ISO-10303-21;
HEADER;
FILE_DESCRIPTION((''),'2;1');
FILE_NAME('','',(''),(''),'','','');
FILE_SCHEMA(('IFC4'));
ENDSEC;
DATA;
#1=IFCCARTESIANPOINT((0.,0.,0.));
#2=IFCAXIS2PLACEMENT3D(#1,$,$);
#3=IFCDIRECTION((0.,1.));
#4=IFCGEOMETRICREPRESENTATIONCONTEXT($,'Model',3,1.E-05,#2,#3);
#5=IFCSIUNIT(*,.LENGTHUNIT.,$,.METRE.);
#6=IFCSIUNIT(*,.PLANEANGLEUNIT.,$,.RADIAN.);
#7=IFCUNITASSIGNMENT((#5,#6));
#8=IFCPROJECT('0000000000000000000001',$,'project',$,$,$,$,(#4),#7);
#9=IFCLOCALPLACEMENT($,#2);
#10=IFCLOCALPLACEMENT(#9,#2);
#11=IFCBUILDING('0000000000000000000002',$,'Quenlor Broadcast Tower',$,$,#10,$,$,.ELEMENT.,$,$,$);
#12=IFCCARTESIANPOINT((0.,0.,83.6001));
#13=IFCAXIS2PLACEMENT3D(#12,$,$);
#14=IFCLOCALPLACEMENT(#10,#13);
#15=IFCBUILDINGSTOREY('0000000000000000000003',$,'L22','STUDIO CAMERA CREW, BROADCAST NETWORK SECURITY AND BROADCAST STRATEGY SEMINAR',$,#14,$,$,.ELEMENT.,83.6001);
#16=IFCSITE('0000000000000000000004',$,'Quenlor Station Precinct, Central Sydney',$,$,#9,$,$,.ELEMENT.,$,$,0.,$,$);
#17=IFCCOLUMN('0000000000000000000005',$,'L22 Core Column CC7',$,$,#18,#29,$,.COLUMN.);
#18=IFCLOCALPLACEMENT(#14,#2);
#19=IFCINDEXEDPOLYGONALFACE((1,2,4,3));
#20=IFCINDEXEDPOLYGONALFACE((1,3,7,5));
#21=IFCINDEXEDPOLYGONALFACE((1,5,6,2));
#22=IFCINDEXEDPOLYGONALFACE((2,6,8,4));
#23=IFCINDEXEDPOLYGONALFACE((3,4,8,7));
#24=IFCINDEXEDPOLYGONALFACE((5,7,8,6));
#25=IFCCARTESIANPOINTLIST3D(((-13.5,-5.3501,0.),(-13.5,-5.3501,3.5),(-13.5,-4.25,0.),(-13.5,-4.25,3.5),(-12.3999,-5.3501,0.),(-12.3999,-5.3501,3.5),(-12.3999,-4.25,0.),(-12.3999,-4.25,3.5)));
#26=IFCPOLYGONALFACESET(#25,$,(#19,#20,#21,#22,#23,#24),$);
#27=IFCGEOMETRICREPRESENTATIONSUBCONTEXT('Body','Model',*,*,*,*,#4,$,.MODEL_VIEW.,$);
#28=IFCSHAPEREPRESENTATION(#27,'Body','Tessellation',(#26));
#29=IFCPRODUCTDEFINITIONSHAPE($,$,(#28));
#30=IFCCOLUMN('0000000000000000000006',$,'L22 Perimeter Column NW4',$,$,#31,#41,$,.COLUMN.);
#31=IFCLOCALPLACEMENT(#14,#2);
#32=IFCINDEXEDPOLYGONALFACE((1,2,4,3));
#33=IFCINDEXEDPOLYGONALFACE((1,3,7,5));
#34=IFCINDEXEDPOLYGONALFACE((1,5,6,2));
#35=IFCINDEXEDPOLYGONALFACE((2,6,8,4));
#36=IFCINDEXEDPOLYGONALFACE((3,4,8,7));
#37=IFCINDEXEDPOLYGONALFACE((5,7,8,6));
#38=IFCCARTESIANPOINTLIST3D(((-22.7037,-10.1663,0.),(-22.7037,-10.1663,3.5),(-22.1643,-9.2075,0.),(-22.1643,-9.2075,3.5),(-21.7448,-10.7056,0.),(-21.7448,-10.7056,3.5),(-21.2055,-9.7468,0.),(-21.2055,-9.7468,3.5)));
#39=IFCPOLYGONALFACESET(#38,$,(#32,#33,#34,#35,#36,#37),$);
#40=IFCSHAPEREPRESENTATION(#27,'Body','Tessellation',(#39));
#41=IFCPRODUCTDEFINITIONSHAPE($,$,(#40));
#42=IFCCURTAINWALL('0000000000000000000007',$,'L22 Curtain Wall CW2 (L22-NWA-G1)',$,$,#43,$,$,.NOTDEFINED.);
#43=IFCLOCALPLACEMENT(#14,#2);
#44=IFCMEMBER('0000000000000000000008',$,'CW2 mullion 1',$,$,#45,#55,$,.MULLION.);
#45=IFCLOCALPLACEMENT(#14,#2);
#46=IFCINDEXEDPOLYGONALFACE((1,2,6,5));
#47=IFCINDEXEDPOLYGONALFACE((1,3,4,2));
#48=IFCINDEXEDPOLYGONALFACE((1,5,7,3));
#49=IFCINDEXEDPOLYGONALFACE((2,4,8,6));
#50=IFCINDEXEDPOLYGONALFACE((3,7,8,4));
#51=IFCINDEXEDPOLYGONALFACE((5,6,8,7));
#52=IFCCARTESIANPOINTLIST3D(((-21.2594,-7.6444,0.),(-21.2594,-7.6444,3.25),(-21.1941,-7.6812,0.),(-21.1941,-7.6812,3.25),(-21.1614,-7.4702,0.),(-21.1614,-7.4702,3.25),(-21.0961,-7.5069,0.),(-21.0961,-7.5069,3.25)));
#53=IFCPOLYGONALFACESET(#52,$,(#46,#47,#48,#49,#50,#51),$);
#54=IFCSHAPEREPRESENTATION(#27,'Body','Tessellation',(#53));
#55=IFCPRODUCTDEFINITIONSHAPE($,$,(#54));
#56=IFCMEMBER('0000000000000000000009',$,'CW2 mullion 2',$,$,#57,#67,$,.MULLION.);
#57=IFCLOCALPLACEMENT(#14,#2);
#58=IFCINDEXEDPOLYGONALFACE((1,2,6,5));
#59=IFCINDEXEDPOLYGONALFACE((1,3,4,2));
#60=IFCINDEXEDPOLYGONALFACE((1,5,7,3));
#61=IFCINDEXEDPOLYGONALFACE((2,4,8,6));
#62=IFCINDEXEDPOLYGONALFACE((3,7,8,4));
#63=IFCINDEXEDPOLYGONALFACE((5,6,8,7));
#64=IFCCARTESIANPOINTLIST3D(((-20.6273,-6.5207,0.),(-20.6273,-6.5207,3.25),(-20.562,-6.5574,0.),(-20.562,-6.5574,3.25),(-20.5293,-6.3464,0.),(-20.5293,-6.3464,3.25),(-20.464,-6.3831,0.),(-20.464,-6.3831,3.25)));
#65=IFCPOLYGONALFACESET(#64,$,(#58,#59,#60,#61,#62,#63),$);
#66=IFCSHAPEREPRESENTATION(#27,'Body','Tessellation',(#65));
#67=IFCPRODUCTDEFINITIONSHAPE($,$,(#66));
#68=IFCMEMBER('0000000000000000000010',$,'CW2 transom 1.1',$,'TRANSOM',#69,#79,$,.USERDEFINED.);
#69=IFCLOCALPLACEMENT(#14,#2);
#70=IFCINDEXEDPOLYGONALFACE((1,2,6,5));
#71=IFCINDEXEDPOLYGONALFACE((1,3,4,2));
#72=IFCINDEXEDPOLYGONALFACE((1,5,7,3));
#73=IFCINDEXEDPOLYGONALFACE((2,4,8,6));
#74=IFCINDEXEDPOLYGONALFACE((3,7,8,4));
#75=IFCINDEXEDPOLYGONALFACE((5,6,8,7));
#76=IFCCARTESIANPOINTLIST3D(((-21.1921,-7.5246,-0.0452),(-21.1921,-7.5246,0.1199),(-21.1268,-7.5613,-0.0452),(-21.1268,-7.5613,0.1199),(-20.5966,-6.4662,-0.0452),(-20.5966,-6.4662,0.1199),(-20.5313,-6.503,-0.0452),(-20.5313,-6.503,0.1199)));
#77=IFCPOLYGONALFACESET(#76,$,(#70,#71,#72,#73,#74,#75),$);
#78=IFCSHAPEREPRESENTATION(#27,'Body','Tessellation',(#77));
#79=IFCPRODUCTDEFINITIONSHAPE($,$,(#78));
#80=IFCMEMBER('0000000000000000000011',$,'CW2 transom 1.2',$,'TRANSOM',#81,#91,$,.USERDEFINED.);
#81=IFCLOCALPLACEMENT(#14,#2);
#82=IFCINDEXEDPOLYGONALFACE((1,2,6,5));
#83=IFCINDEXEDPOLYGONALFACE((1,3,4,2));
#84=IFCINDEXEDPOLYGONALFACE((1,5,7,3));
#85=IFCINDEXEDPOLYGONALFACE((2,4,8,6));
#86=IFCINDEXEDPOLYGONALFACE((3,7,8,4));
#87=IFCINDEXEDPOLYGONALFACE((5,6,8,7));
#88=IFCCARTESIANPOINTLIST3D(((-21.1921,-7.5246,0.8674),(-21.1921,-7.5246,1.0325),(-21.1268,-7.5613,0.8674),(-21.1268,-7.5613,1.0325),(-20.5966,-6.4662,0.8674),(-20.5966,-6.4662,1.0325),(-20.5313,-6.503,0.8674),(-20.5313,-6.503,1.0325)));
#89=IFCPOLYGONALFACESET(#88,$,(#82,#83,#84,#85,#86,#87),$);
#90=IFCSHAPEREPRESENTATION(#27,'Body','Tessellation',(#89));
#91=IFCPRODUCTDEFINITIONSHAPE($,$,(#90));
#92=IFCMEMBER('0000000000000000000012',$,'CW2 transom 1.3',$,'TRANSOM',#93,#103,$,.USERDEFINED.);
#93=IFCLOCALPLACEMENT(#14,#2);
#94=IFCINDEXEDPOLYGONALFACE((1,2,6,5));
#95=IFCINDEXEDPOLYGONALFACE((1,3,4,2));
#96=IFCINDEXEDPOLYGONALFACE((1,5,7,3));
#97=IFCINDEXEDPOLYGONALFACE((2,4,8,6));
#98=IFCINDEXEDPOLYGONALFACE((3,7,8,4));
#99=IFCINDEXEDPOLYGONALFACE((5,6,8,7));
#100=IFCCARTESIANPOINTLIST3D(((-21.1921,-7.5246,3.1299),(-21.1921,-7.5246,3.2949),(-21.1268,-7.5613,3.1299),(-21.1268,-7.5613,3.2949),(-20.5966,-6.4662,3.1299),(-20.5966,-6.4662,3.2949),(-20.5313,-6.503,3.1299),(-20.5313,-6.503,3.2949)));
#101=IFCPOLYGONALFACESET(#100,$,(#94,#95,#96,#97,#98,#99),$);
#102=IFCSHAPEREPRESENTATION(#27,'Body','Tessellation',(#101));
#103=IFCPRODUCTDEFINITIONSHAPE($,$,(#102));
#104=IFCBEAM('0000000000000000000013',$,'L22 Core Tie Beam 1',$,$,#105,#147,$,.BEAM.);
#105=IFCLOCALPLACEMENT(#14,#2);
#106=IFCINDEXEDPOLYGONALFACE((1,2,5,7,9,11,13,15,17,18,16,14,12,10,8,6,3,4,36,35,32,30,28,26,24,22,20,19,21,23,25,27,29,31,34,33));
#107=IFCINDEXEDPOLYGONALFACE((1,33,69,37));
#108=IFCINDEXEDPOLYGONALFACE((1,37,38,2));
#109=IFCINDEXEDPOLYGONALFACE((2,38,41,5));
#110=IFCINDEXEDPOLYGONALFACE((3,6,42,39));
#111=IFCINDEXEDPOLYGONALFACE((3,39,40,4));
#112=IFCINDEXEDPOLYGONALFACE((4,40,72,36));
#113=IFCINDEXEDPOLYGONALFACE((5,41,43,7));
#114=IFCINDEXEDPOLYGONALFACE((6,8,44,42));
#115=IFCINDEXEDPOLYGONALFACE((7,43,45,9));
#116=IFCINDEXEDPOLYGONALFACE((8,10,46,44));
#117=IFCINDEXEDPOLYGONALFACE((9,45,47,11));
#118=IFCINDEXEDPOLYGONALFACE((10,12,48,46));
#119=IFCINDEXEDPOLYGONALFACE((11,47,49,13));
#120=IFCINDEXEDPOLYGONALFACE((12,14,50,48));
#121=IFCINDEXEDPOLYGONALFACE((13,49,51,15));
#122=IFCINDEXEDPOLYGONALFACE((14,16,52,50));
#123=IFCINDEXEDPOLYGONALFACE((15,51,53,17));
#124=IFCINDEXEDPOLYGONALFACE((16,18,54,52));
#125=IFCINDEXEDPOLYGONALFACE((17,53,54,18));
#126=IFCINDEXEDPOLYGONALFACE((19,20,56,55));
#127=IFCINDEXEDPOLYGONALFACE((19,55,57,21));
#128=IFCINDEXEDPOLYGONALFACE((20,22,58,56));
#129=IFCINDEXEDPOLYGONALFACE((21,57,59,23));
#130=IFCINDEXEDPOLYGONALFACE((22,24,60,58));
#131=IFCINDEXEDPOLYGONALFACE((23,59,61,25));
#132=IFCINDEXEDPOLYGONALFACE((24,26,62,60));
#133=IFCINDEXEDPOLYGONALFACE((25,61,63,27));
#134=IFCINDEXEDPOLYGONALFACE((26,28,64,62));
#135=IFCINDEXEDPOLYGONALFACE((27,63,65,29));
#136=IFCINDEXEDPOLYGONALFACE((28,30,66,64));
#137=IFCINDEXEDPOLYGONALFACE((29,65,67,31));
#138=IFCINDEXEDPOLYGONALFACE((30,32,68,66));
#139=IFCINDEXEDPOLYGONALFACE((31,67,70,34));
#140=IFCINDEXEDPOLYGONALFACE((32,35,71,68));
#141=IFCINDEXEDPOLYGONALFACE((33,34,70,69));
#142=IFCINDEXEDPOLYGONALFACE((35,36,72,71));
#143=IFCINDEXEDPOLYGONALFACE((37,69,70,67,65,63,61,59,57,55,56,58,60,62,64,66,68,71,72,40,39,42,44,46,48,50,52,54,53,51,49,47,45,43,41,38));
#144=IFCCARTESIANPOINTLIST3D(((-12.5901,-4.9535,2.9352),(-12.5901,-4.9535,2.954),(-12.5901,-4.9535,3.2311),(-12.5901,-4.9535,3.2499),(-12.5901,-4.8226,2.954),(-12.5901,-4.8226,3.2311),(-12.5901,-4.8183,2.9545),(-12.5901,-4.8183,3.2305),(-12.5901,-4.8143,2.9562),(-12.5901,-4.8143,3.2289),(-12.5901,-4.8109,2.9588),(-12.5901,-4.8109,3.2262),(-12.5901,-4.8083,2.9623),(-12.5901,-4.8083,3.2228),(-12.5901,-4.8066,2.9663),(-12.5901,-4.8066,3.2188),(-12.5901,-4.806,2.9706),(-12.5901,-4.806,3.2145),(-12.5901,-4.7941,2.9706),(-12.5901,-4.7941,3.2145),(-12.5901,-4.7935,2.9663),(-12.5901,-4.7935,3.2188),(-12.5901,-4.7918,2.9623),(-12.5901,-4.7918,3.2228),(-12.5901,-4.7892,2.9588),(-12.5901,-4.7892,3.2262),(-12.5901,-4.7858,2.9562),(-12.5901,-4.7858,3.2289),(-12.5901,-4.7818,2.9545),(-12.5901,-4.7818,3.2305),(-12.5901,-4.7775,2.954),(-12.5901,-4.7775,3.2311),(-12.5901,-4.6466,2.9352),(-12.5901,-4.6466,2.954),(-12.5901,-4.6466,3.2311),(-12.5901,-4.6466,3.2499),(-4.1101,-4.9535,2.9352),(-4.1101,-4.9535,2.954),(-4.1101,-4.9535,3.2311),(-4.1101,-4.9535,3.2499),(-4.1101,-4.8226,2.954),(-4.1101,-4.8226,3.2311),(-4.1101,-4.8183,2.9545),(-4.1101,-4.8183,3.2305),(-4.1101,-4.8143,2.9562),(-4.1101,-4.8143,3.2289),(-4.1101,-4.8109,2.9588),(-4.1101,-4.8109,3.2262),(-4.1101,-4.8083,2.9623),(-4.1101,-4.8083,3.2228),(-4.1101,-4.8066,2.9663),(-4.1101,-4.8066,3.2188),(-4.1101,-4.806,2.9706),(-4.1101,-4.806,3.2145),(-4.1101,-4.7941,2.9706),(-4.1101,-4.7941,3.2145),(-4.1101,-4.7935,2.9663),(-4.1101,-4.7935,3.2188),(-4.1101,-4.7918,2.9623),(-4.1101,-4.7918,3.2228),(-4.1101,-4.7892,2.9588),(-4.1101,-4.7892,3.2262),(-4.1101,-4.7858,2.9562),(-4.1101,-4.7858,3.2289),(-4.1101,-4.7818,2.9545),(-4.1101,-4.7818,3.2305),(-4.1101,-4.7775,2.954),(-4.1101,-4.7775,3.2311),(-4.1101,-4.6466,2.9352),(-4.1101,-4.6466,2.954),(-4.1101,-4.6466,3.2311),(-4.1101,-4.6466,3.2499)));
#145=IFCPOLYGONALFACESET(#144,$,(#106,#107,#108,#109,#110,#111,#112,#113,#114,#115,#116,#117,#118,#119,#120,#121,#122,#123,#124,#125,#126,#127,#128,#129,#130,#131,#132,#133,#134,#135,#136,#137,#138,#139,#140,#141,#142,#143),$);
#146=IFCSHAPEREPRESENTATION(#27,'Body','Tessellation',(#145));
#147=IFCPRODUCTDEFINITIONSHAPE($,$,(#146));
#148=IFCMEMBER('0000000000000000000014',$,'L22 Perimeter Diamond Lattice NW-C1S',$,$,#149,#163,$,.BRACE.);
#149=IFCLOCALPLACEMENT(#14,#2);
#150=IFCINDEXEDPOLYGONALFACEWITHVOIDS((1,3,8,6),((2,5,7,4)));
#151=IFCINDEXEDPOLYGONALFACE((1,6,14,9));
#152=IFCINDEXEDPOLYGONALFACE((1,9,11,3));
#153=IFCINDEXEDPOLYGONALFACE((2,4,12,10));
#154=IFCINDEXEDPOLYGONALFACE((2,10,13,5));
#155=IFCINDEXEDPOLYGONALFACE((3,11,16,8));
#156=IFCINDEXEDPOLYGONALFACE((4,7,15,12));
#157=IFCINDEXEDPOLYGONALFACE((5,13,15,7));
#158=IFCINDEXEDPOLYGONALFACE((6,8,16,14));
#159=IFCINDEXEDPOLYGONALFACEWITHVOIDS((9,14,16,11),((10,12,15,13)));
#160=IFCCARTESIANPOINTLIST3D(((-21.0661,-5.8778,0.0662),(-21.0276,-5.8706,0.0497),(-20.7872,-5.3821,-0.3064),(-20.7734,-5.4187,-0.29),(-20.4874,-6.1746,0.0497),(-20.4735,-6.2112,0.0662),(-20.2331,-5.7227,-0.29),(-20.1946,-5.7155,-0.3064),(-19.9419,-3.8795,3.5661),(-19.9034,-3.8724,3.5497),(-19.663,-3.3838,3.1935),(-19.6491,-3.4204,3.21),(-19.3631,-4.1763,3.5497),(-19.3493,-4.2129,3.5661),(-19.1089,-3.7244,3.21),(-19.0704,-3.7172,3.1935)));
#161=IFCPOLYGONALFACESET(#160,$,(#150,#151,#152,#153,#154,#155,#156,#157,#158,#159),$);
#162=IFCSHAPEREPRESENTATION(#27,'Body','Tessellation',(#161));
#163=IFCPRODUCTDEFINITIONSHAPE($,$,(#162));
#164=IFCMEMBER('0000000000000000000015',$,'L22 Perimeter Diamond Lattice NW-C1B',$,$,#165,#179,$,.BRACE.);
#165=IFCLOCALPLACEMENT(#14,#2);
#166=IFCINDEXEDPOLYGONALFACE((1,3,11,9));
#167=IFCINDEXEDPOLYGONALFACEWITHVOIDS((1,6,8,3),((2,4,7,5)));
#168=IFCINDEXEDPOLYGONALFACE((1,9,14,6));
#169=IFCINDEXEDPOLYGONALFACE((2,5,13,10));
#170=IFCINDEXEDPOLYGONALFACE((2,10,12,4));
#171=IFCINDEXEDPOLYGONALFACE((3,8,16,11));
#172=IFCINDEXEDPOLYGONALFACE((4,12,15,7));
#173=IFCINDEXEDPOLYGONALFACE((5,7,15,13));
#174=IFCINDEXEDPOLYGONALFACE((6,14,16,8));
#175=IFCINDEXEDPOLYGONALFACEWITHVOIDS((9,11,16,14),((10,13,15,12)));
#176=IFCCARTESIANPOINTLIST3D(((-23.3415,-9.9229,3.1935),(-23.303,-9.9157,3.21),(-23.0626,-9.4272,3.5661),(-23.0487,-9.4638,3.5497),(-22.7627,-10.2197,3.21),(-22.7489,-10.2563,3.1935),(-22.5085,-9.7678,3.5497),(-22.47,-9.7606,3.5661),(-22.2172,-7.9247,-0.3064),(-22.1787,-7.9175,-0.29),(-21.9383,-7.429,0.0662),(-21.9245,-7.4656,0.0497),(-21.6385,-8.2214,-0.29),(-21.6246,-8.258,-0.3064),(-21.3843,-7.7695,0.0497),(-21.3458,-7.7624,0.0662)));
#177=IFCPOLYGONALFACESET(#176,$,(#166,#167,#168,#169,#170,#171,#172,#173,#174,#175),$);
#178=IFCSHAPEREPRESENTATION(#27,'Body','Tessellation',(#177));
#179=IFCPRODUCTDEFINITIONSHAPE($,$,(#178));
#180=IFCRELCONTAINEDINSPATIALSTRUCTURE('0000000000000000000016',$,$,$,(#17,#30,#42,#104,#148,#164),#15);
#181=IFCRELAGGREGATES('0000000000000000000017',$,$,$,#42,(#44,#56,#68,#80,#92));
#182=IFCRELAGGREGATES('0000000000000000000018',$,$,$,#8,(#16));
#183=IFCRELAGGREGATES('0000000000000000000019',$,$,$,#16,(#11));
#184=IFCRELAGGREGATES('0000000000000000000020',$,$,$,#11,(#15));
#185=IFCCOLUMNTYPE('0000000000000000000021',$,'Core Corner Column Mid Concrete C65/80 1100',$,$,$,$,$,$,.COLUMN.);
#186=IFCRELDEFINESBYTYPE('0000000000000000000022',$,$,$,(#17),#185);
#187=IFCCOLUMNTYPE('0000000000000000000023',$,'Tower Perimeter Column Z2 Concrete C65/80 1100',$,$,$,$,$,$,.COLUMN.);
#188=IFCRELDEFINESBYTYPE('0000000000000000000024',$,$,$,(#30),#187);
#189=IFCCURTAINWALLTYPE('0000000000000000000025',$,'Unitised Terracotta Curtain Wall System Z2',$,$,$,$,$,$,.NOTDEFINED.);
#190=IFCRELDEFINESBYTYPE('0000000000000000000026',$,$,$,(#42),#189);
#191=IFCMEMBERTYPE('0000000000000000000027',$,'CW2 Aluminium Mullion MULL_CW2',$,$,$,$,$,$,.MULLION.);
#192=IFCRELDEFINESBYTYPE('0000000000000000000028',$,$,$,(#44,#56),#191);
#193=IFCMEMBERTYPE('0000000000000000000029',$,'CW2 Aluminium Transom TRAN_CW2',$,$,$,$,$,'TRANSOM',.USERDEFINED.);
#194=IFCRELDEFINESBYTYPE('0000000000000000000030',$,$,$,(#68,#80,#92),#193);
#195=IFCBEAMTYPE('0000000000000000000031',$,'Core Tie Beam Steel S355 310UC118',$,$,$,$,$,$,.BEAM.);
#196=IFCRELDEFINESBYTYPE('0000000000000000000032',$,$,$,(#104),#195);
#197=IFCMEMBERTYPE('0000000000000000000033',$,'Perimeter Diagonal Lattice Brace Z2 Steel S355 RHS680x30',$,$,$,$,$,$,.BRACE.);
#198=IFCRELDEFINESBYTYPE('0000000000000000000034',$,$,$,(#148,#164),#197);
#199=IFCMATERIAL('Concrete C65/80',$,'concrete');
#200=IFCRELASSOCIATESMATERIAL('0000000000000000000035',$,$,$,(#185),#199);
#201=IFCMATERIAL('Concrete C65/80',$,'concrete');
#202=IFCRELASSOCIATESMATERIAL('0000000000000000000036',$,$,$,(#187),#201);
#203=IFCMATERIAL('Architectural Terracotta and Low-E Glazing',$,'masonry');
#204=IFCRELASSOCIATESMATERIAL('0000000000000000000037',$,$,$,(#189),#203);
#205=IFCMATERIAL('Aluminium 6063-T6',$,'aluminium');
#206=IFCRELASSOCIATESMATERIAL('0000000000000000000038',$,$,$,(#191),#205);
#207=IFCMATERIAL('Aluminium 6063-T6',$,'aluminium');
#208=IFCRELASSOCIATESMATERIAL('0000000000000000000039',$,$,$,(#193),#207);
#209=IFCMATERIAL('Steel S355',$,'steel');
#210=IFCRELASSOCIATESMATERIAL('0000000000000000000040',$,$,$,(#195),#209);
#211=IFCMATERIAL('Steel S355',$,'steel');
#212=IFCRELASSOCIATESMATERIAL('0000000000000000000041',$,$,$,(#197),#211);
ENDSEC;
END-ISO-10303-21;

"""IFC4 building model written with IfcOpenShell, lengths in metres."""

from ifc_helpers import new_model, si_unit, direction, frame, origin, origin_2d, place, context, subcontext, project, spatial, rectangle, hollow_rectangle, i_section, extrude, material, material_profile, profile_set, type_object, element, aggregate, save


model = new_model("IFC4")

# Units and contexts
model_context = context("Model", 3, precision=1e-05, world=origin(), true_north=direction((0.0, 1.0)))
body_context = subcontext(model_context, "Body", "Model", "MODEL_VIEW")
ifc_project = project(units=[si_unit("LENGTHUNIT", "METRE"), si_unit("PLANEANGLEUNIT", "RADIAN")], contexts=[model_context])

# Site, building, storey
site_placement = place(None, origin())
site = spatial("IfcSite", under=ifc_project, at=site_placement, Name="Quenlor Station Precinct, Central Sydney", CompositionType="ELEMENT", RefElevation=0.0)
building_placement = place(site_placement, origin())
building = spatial("IfcBuilding", under=site, at=building_placement, Name="Quenlor Broadcast Tower", CompositionType="ELEMENT")
storey_placement = place(building_placement, frame((0.0, 0.0, 83.6001)))
storey = spatial("IfcBuildingStorey", under=building, at=storey_placement, Name="L22", Description="STUDIO CAMERA CREW, BROADCAST NETWORK SECURITY AND BROADCAST STRATEGY SEMINAR", CompositionType="ELEMENT", Elevation=83.6001)

# Columns
ifc_material_1 = material(Name="Concrete C65/80", Category="concrete")
ifc_material_profile_1 = material_profile(ifc_material_1, rectangle(XDim=1.1001, YDim=1.1001, at=origin_2d()))
ifc_profile_set_1 = profile_set([ifc_material_profile_1], Name="Concrete C65/80 RC1100x1100")
column_type_1 = type_object("IfcColumnType", Name="Core Corner Column Mid Concrete C65/80 1100", PredefinedType="COLUMN", material=ifc_profile_set_1)
column_1_placement = place(storey_placement, frame((-12.95, -4.8, 0.0), z_axis=(0.0, 0.0, 1.0), x_axis=(1.0, 0.0, 0.0)))
element("IfcColumn", 1, at=column_1_placement, inside=storey, type_object=column_type_1, Name="L22 Core Column CC7", PredefinedType="COLUMN", context=body_context, shape_type="SweptSolid", body=[
    extrude(rectangle(XDim=1.1001, YDim=1.1001, at=origin_2d()), origin(), (0.0, 0.0, 1.0), 3.5),
])
ifc_material_2 = material(Name="Concrete C65/80", Category="concrete")
ifc_material_profile_2 = material_profile(ifc_material_2, rectangle(XDim=1.1001, YDim=1.1001, at=origin_2d()))
ifc_profile_set_2 = profile_set([ifc_material_profile_2], Name="Concrete C65/80 RC1100x1100")
column_type_2 = type_object("IfcColumnType", Name="Tower Perimeter Column Z2 Concrete C65/80 1100", PredefinedType="COLUMN", material=ifc_profile_set_2)
column_2_placement = place(storey_placement, frame((-21.9546, -9.9565, 0.0), z_axis=(0.0, 0.0, 1.0), x_axis=(-0.871575, 0.490262, 0.0)))
element("IfcColumn", 2, at=column_2_placement, inside=storey, type_object=column_type_2, Name="L22 Perimeter Column NW4", PredefinedType="COLUMN", context=body_context, shape_type="SweptSolid", body=[
    extrude(rectangle(XDim=1.1001, YDim=1.1001, at=origin_2d()), origin(), (0.0, 0.0, 1.0), 3.5),
])

# Curtain wall, members
ifc_material_3 = material(Name="Architectural Terracotta and Low-E Glazing", Category="masonry")
curtain_wall_type = type_object("IfcCurtainWallType", Name="Unitised Terracotta Curtain Wall System Z2", PredefinedType="NOTDEFINED", material=ifc_material_3)
curtain_wall_placement = place(storey_placement, origin())
curtain_wall = element("IfcCurtainWall", 3, at=curtain_wall_placement, inside=storey, type_object=curtain_wall_type, Name="L22 Curtain Wall CW2 (L22-NWA-G1)", PredefinedType="NOTDEFINED")
ifc_material_4 = material(Name="Aluminium 6063-T6", Category="aluminium")
ifc_material_profile_3 = material_profile(ifc_material_4, rectangle(XDim=0.075, YDim=0.2, at=origin_2d()))
ifc_profile_set_3 = profile_set([ifc_material_profile_3], Name="Aluminium 6063-T6 MULL75x200")
member_type_1 = type_object("IfcMemberType", Name="CW2 Aluminium Mullion MULL_CW2", PredefinedType="MULLION", material=ifc_profile_set_3)
member_1_placement = place(storey_placement, frame((-21.1777, -7.5757, 0.0), z_axis=(0.0, 0.0, 1.0), x_axis=(-0.871566, 0.490279, 0.0)))
member_1 = element("IfcMember", 4, at=member_1_placement, type_object=member_type_1, Name="CW2 mullion 1", PredefinedType="MULLION", context=body_context, shape_type="SweptSolid", body=[
    extrude(rectangle(XDim=0.075, YDim=0.2, at=origin_2d()), origin(), (0.0, 0.0, 1.0), 3.25),
])
member_2_placement = place(storey_placement, frame((-20.5457, -6.4519, 0.0), z_axis=(0.0, 0.0, 1.0), x_axis=(-0.871566, 0.490279, 0.0)))
member_2 = element("IfcMember", 5, at=member_2_placement, type_object=member_type_1, Name="CW2 mullion 2", PredefinedType="MULLION", context=body_context, shape_type="SweptSolid", body=[
    extrude(rectangle(XDim=0.075, YDim=0.2, at=origin_2d()), origin(), (0.0, 0.0, 1.0), 3.25),
])
ifc_material_5 = material(Name="Aluminium 6063-T6", Category="aluminium")
ifc_material_profile_4 = material_profile(ifc_material_5, rectangle(XDim=0.075, YDim=0.165, at=origin_2d()))
ifc_profile_set_4 = profile_set([ifc_material_profile_4], Name="Aluminium 6063-T6 TRAN75x165")
member_type_2 = type_object("IfcMemberType", Name="CW2 Aluminium Transom TRAN_CW2", ElementType="TRANSOM", PredefinedType="USERDEFINED", material=ifc_profile_set_4)
member_3_placement = place(storey_placement, frame((-21.1594, -7.543, 0.0374), z_axis=(0.490347, 0.871527, 0.0), x_axis=(-0.871527, 0.490347, 0.0)))
member_3 = element("IfcMember", 6, at=member_3_placement, type_object=member_type_2, Name="CW2 transom 1.1", ObjectType="TRANSOM", PredefinedType="USERDEFINED", context=body_context, shape_type="SweptSolid", body=[
    extrude(rectangle(XDim=0.075, YDim=0.165, at=origin_2d()), origin(), (0.0, 0.0, 1.0), 1.2144),
])
member_4_placement = place(storey_placement, frame((-21.1594, -7.543, 0.95), z_axis=(0.490347, 0.871527, 0.0), x_axis=(-0.871527, 0.490347, 0.0)))
member_4 = element("IfcMember", 7, at=member_4_placement, type_object=member_type_2, Name="CW2 transom 1.2", ObjectType="TRANSOM", PredefinedType="USERDEFINED", context=body_context, shape_type="SweptSolid", body=[
    extrude(rectangle(XDim=0.075, YDim=0.165, at=origin_2d()), origin(), (0.0, 0.0, 1.0), 1.2144),
])
member_5_placement = place(storey_placement, frame((-21.1594, -7.543, 3.2124), z_axis=(0.490347, 0.871527, 0.0), x_axis=(-0.871527, 0.490347, 0.0)))
member_5 = element("IfcMember", 8, at=member_5_placement, type_object=member_type_2, Name="CW2 transom 1.3", ObjectType="TRANSOM", PredefinedType="USERDEFINED", context=body_context, shape_type="SweptSolid", body=[
    extrude(rectangle(XDim=0.075, YDim=0.165, at=origin_2d()), origin(), (0.0, 0.0, 1.0), 1.2144),
])

# Beam
ifc_material_6 = material(Name="Steel S355", Category="steel")
ifc_material_profile_5 = material_profile(ifc_material_6, i_section(OverallWidth=0.3069, OverallDepth=0.3147, WebThickness=0.012, FlangeThickness=0.0188, FilletRadius=0.0166, at=origin_2d()))
ifc_profile_set_5 = profile_set([ifc_material_profile_5], Name="Steel S355 310UC118")
beam_type_1 = type_object("IfcBeamType", Name="Core Tie Beam Steel S355 310UC118", PredefinedType="BEAM", material=ifc_profile_set_5)
beam_1_placement = place(storey_placement, frame((-12.5901, -4.8, 3.0925), z_axis=(1.0, 0.0, 0.0), x_axis=(0.0, 1.0, 0.0)))
element("IfcBeam", 9, at=beam_1_placement, inside=storey, type_object=beam_type_1, Name="L22 Core Tie Beam 1", PredefinedType="BEAM", context=body_context, shape_type="SweptSolid", body=[
    extrude(i_section(OverallWidth=0.3069, OverallDepth=0.3147, WebThickness=0.012, FlangeThickness=0.0188, FilletRadius=0.0166, at=origin_2d()), origin(), (0.0, 0.0, 1.0), 8.48),
])

# Members
ifc_material_7 = material(Name="Steel S355", Category="steel")
ifc_material_profile_6 = material_profile(ifc_material_7, hollow_rectangle(XDim=0.6799, YDim=0.6799, WallThickness=0.03, at=origin_2d()))
ifc_profile_set_6 = profile_set([ifc_material_profile_6], Name="Steel S355 RHS680x680x30")
member_type_3 = type_object("IfcMemberType", Name="Perimeter Diagonal Lattice Brace Z2 Steel S355 RHS680x30", PredefinedType="BRACE", material=ifc_profile_set_6)
for number, where, z_axis, x_axis, name in (
    (10, (-20.6304, -5.7966, -0.1201), (0.268697, 0.477585, 0.836489), (-0.871533, 0.490337, 0.0), "L22 Perimeter Diamond Lattice NW-C1S"),
    (11, (-21.7815, -7.8435, -0.1201), (-0.268697, -0.477585, 0.836489), (0.871533, -0.490337, 0.0), "L22 Perimeter Diamond Lattice NW-C1B"),
):
    element("IfcMember", number, at=place(storey_placement, frame(where, z_axis=z_axis, x_axis=x_axis)), inside=storey, type_object=member_type_3, Name=name, PredefinedType="BRACE", context=body_context, shape_type="SweptSolid", body=[
        extrude(hollow_rectangle(XDim=0.6799, YDim=0.6799, WallThickness=0.03, at=origin_2d()), origin(), (0.0, 0.0, 1.0), 4.1841),
    ])

aggregate(curtain_wall, [member_1, member_2, member_3, member_4, member_5])

save(model, "model.ifc")
